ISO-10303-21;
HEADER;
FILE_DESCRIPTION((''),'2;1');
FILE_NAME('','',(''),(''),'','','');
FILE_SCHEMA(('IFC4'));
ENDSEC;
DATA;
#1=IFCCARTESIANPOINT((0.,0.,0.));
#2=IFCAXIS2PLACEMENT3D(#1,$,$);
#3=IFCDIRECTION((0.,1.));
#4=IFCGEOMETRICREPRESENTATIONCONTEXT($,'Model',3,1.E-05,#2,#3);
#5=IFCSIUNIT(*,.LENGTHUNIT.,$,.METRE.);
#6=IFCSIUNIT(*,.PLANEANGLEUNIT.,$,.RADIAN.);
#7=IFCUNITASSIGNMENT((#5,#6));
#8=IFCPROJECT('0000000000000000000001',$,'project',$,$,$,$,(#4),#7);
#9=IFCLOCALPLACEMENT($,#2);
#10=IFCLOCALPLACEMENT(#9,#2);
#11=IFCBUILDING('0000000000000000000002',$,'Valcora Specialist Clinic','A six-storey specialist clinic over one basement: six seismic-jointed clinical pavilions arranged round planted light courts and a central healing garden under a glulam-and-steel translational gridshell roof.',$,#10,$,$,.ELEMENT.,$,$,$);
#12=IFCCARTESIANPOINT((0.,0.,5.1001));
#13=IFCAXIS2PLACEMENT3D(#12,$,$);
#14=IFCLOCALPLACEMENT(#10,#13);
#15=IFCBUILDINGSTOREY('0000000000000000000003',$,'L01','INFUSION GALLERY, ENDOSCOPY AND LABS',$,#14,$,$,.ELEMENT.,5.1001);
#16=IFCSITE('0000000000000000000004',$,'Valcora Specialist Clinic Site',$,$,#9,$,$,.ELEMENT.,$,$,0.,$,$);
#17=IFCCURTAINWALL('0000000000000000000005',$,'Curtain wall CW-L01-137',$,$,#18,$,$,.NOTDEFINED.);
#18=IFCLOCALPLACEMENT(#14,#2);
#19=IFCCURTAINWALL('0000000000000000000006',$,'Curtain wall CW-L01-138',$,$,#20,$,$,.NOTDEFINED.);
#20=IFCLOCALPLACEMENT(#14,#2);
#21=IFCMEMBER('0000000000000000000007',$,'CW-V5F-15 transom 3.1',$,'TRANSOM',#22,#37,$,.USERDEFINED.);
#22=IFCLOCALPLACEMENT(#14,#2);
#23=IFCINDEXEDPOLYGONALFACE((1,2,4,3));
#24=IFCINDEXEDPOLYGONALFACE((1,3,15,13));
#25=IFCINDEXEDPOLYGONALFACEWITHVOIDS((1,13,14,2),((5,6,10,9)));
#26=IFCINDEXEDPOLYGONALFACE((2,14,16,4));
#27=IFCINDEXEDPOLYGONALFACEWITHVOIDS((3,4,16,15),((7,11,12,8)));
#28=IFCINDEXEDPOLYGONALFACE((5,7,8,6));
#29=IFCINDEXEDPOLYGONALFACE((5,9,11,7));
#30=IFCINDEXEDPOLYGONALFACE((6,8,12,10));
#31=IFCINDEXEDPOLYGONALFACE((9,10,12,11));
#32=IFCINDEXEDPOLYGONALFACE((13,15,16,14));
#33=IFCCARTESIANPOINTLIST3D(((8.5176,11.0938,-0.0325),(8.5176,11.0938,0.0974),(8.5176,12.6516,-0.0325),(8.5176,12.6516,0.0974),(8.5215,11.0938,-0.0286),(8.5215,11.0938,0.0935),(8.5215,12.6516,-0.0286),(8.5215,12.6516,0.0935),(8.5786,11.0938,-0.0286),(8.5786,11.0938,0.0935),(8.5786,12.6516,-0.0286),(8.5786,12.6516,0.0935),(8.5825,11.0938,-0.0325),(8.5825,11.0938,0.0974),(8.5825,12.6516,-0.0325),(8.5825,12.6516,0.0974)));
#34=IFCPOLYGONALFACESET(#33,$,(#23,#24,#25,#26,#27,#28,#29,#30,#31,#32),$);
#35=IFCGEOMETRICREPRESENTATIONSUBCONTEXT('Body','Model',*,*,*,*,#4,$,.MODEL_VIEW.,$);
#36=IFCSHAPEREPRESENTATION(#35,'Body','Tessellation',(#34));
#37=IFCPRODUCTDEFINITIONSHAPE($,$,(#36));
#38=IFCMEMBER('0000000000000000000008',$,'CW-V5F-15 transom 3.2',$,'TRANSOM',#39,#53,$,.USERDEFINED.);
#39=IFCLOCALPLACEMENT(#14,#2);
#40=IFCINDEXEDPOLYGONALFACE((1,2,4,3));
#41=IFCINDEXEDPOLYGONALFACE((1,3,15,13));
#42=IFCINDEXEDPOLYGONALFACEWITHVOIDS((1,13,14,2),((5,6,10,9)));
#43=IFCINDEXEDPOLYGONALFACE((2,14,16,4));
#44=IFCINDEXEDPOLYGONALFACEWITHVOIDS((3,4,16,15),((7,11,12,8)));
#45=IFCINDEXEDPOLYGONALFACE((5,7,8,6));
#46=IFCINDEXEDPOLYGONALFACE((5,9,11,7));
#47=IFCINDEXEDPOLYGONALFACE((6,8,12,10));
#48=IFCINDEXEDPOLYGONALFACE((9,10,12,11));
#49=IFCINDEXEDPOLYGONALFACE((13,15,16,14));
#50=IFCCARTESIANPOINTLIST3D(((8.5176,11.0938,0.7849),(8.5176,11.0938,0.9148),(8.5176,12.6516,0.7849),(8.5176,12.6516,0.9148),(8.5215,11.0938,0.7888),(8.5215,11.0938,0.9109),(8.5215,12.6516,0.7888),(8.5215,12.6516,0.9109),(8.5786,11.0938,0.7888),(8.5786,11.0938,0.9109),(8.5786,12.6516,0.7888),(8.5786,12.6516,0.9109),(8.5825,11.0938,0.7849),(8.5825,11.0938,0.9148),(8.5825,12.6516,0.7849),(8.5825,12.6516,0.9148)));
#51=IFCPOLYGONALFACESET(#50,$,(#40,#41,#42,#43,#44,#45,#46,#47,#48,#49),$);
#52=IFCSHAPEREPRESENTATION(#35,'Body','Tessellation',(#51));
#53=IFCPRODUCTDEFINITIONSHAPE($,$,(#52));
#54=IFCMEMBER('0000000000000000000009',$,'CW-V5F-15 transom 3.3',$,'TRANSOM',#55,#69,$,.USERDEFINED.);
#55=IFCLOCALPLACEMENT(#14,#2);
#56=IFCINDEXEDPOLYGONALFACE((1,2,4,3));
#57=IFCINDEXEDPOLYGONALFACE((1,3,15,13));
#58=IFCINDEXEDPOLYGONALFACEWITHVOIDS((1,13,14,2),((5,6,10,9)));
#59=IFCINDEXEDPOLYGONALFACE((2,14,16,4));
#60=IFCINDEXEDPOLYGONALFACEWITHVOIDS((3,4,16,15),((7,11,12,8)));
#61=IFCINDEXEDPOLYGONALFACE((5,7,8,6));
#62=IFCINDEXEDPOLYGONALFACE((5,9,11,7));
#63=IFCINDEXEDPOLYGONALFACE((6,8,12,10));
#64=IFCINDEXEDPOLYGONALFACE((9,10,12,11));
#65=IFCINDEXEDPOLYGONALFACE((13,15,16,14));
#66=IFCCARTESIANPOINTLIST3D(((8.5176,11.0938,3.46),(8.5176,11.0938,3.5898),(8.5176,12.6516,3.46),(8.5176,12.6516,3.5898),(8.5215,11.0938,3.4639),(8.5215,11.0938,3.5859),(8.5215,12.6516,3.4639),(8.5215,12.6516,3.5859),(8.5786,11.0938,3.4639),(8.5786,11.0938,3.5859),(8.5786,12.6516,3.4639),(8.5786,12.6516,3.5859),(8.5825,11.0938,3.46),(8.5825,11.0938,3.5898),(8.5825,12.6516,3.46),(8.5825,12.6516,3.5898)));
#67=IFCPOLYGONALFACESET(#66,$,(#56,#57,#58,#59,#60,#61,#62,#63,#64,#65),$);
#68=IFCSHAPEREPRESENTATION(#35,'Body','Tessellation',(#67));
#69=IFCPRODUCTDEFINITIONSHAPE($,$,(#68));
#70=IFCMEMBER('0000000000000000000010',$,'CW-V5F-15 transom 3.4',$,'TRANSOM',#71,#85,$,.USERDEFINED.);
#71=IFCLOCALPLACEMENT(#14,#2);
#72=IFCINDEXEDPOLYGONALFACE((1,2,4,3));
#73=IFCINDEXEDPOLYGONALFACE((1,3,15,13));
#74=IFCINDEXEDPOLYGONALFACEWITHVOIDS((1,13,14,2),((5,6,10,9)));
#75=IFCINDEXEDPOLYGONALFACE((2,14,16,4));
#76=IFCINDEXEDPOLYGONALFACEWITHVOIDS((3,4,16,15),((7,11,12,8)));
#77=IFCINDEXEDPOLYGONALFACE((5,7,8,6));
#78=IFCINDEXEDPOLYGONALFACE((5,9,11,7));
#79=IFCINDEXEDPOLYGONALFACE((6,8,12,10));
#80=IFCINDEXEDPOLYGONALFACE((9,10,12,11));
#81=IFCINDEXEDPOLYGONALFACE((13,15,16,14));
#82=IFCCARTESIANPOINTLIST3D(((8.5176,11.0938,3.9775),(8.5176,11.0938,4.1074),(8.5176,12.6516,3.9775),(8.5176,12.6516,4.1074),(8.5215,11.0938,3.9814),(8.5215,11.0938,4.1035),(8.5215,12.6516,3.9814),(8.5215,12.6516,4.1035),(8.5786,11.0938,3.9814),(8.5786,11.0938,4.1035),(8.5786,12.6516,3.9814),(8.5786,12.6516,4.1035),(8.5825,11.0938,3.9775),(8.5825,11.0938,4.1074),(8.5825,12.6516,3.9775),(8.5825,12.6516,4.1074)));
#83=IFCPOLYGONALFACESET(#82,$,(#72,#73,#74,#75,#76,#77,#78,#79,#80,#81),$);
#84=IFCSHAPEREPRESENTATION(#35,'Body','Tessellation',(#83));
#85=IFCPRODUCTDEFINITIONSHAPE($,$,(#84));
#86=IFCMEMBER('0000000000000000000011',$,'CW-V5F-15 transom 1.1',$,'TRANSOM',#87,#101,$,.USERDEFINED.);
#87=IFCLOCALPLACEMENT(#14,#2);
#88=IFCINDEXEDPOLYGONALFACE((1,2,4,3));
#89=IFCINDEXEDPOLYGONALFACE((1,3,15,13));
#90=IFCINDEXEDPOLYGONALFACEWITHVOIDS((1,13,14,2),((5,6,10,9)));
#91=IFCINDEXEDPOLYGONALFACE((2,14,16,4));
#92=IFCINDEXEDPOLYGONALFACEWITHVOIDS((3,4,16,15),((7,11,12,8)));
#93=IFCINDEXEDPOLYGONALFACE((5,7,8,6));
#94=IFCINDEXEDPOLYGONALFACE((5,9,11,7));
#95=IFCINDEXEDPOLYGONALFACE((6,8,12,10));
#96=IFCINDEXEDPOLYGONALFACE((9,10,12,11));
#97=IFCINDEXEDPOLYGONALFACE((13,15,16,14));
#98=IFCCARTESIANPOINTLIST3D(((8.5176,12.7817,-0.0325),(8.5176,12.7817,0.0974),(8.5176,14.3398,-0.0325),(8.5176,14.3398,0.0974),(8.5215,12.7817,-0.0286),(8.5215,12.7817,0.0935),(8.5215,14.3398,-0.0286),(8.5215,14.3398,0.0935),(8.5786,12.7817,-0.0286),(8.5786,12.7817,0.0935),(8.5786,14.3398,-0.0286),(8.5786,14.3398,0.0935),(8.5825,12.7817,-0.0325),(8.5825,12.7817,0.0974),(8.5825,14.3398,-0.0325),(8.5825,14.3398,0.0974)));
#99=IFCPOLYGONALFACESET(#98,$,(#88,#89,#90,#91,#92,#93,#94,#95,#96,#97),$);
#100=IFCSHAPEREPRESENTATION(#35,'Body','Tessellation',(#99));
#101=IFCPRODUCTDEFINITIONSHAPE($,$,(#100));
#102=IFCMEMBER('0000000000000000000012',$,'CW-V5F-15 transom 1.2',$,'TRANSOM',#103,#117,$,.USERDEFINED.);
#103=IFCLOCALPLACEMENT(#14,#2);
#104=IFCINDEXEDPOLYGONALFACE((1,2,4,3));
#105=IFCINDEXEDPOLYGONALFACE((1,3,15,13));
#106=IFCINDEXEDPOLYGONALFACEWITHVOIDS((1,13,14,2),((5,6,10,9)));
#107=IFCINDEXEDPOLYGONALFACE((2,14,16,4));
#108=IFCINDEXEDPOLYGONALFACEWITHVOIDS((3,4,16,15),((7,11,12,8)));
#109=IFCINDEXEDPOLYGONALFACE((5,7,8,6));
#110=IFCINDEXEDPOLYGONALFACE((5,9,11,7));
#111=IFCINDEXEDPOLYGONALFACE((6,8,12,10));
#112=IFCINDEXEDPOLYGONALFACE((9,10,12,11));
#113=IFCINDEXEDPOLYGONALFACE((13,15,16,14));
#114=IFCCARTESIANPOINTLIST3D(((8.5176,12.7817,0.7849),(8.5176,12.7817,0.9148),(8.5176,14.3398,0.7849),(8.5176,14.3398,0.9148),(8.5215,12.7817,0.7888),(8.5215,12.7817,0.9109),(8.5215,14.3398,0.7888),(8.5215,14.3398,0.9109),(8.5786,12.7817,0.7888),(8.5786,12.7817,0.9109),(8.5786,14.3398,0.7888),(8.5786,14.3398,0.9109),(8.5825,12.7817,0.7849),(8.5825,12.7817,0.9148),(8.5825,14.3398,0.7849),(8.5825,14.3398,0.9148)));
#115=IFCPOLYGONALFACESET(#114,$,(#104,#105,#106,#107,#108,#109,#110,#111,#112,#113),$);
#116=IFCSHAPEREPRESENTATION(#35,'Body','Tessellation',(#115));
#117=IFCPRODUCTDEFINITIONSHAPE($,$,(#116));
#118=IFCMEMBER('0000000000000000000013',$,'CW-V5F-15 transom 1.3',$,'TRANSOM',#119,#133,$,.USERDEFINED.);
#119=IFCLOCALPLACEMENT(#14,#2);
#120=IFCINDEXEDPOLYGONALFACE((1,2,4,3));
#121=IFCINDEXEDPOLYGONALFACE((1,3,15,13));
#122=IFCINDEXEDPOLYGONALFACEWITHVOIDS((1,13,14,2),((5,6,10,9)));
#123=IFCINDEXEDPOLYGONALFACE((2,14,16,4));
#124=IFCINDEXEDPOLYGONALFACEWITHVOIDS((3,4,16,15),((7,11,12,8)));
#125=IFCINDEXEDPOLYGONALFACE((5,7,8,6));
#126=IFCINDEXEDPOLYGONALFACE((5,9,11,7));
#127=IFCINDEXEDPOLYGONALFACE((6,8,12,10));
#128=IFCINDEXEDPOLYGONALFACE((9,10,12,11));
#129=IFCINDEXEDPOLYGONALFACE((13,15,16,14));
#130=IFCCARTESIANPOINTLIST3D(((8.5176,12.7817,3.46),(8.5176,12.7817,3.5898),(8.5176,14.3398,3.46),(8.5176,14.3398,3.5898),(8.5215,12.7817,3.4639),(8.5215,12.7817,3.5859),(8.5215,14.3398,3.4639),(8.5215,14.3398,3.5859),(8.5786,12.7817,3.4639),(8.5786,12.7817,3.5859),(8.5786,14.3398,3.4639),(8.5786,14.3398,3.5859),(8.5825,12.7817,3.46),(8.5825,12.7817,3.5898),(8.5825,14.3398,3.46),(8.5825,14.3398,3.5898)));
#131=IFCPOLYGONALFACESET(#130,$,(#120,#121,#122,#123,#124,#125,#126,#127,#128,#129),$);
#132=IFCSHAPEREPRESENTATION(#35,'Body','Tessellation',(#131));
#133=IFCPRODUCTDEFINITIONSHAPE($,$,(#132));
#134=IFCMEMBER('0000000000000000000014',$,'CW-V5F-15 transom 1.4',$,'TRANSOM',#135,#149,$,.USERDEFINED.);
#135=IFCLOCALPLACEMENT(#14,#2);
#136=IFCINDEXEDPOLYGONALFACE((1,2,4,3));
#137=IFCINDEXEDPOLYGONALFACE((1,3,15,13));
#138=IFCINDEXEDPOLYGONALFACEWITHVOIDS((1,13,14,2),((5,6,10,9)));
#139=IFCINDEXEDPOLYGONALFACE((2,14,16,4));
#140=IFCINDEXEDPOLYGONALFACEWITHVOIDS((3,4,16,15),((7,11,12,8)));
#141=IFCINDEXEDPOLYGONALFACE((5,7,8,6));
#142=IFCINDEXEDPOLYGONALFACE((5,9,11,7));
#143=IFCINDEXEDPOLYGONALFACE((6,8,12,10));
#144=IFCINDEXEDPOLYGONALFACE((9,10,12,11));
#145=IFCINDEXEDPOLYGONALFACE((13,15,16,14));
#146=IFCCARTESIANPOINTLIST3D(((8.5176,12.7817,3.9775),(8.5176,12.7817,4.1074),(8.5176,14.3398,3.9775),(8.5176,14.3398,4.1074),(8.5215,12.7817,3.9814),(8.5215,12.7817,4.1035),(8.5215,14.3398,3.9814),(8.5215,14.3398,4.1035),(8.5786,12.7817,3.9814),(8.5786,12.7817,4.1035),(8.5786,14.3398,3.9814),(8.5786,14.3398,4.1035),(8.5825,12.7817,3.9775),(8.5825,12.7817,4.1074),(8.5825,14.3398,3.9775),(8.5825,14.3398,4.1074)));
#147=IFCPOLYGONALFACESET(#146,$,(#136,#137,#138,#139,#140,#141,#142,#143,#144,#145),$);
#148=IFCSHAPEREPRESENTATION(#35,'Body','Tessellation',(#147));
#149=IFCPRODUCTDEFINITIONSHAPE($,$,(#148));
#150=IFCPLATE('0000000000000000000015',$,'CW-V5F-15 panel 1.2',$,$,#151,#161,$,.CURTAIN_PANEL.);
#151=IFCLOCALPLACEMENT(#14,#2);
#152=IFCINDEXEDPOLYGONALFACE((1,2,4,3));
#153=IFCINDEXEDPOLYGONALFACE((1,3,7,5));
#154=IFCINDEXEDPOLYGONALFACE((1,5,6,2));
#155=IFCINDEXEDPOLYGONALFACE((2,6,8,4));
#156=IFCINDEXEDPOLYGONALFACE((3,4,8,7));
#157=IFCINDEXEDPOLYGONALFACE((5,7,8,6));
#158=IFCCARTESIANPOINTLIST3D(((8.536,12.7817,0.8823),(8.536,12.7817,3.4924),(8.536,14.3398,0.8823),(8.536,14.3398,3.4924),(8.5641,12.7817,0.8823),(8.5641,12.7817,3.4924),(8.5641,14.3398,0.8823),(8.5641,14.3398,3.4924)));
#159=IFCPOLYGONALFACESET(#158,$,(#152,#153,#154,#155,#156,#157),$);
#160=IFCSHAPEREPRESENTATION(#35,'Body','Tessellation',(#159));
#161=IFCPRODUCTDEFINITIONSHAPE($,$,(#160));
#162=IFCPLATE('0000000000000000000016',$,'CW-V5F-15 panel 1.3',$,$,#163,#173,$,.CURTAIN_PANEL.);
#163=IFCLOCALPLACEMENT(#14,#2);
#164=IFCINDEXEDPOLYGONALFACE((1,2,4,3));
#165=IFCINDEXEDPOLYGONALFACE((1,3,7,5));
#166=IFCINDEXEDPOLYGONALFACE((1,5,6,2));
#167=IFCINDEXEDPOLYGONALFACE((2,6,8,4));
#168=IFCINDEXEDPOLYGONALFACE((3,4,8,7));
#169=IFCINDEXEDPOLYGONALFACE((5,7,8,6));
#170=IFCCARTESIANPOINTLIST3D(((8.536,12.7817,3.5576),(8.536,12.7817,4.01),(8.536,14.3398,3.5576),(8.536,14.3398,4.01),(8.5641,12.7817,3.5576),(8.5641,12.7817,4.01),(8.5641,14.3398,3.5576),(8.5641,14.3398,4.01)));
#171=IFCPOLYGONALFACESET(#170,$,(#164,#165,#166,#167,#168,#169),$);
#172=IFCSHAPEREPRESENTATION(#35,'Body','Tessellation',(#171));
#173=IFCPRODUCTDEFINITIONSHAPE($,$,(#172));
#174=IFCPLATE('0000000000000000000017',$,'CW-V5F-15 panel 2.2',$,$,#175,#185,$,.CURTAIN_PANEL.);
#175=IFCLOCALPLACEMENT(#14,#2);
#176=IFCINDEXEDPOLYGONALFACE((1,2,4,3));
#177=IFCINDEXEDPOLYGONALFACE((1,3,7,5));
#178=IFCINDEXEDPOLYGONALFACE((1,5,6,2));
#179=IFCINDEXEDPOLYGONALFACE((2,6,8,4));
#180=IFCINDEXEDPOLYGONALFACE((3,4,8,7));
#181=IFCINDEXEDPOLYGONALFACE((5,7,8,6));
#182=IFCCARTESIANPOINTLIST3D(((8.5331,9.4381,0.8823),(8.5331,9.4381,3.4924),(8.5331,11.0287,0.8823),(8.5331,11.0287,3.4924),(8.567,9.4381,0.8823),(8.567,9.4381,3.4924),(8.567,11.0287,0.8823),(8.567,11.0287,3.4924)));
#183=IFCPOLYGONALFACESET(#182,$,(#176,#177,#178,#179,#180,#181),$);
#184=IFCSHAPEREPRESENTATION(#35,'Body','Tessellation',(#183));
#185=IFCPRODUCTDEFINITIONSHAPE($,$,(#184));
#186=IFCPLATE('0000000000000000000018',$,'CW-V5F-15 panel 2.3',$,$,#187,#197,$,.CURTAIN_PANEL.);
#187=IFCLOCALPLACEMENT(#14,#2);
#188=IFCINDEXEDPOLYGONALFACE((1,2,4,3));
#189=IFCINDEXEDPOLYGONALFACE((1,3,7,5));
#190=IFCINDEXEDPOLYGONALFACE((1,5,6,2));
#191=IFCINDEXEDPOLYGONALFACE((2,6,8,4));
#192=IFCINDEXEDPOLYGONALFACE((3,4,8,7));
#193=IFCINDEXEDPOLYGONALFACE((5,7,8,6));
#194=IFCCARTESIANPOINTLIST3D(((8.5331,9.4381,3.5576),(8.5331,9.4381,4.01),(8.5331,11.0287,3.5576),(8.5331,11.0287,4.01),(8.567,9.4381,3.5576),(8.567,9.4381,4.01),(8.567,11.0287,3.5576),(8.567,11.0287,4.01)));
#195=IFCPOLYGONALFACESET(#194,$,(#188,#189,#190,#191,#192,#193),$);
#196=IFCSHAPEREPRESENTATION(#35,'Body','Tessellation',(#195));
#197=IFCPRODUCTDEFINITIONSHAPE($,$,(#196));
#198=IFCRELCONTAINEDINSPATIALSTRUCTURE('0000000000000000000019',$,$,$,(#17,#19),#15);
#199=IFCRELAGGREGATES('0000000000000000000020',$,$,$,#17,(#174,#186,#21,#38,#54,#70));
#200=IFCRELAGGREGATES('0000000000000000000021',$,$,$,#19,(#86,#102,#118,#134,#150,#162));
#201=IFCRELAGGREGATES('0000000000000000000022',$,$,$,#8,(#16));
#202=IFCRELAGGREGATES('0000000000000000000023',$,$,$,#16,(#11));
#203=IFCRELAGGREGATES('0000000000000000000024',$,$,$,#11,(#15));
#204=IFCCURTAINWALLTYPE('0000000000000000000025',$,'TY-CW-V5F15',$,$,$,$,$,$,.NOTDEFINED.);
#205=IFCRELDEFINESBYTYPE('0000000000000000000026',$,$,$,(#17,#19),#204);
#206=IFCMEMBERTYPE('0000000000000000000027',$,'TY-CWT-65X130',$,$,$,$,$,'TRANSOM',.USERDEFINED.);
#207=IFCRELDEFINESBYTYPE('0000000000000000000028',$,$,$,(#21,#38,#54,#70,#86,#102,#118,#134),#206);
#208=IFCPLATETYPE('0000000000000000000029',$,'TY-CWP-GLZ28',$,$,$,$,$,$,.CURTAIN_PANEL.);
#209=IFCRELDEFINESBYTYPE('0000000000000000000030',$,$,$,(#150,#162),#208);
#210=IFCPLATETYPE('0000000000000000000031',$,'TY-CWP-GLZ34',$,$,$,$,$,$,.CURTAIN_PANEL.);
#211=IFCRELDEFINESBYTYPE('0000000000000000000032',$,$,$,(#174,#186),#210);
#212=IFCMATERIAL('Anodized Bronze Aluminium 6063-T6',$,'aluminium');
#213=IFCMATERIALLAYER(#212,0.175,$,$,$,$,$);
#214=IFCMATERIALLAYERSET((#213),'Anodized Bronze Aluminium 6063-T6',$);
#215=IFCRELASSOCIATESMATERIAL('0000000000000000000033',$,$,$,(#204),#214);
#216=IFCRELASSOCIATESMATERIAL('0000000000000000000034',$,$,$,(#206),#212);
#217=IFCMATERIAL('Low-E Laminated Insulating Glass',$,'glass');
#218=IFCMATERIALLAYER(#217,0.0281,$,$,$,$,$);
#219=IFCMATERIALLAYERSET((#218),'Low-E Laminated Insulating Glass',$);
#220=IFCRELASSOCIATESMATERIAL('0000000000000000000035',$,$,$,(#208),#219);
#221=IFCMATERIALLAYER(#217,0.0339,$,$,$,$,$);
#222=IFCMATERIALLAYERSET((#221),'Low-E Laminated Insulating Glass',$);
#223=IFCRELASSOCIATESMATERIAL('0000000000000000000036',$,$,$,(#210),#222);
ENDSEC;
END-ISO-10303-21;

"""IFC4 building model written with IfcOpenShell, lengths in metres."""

from ifc_helpers import new_model, si_unit, direction, frame, origin, origin_2d, place, context, subcontext, project, spatial, rectangle, hollow_rectangle, extrude, material, layer, layer_set, material_profile, profile_set, type_object, element, aggregate, save


model = new_model("IFC4")

# Units and contexts
model_context = context("Model", 3, precision=1e-05, world=origin(), true_north=direction((0.0, 1.0)))
body_context = subcontext(model_context, "Body", "Model", "MODEL_VIEW")
ifc_project = project(units=[si_unit("LENGTHUNIT", "METRE"), si_unit("PLANEANGLEUNIT", "RADIAN")], contexts=[model_context])

# Site, building, storey
site_placement = place(None, origin())
site = spatial("IfcSite", under=ifc_project, at=site_placement, Name="Valcora Specialist Clinic Site", CompositionType="ELEMENT", RefElevation=0.0)
building_placement = place(site_placement, origin())
building = spatial("IfcBuilding", under=site, at=building_placement, Name="Valcora Specialist Clinic", Description="A six-storey specialist clinic over one basement: six seismic-jointed clinical pavilions arranged round planted light courts and a central healing garden under a glulam-and-steel translational gridshell roof.", CompositionType="ELEMENT")
storey_placement = place(building_placement, frame((0.0, 0.0, 5.1001)))
storey = spatial("IfcBuildingStorey", under=building, at=storey_placement, Name="L01", Description="INFUSION GALLERY, ENDOSCOPY AND LABS", CompositionType="ELEMENT", Elevation=5.1001)

# Curtain walls
ifc_material_1 = material(Name="Anodized Bronze Aluminium 6063-T6", Category="aluminium")
ifc_layer_1 = layer(ifc_material_1, 0.175)
ifc_layer_set_1 = layer_set([ifc_layer_1], Name="Anodized Bronze Aluminium 6063-T6")
curtain_wall_type = type_object("IfcCurtainWallType", Name="TY-CW-V5F15", PredefinedType="NOTDEFINED", material=ifc_layer_set_1)
curtain_wall_1_placement = place(storey_placement, origin())
curtain_wall_1 = element("IfcCurtainWall", 1, at=curtain_wall_1_placement, inside=storey, type_object=curtain_wall_type, Name="Curtain wall CW-L01-137", PredefinedType="NOTDEFINED")
curtain_wall_2_placement = place(storey_placement, origin())
curtain_wall_2 = element("IfcCurtainWall", 2, at=curtain_wall_2_placement, inside=storey, type_object=curtain_wall_type, Name="Curtain wall CW-L01-138", PredefinedType="NOTDEFINED")

# Members
ifc_material_profile_1 = material_profile(ifc_material_1, hollow_rectangle(XDim=0.0649, YDim=0.1299, WallThickness=0.0039, at=origin_2d()), Name="AL-TRN-65X130")
ifc_profile_set_1 = profile_set([ifc_material_profile_1], Name="Anodized Bronze Aluminium 6063-T6")
member_type_1 = type_object("IfcMemberType", Name="TY-CWT-65X130", ElementType="TRANSOM", PredefinedType="USERDEFINED", material=ifc_profile_set_1)
member_1_placement = place(storey_placement, frame((8.55, 11.0938, 0.0325), z_axis=(0.0, 1.0, 0.0), x_axis=(-1.0, 0.0, 0.0)))
member_1 = element("IfcMember", 3, at=member_1_placement, type_object=member_type_1, Name="CW-V5F-15 transom 3.1", ObjectType="TRANSOM", PredefinedType="USERDEFINED", context=body_context, shape_type="SweptSolid", body=[
    extrude(hollow_rectangle(XDim=0.0649, YDim=0.1299, WallThickness=0.0039, at=origin_2d()), origin(), (0.0, 0.0, 1.0), 1.5579),
])
member_2_placement = place(storey_placement, frame((8.55, 11.0938, 0.8499), z_axis=(0.0, 1.0, 0.0), x_axis=(-1.0, 0.0, 0.0)))
member_2 = element("IfcMember", 4, at=member_2_placement, type_object=member_type_1, Name="CW-V5F-15 transom 3.2", ObjectType="TRANSOM", PredefinedType="USERDEFINED", context=body_context, shape_type="SweptSolid", body=[
    extrude(hollow_rectangle(XDim=0.0649, YDim=0.1299, WallThickness=0.0039, at=origin_2d()), origin(), (0.0, 0.0, 1.0), 1.5579),
])
member_3_placement = place(storey_placement, frame((8.55, 11.0938, 3.5249), z_axis=(0.0, 1.0, 0.0), x_axis=(-1.0, 0.0, 0.0)))
member_3 = element("IfcMember", 5, at=member_3_placement, type_object=member_type_1, Name="CW-V5F-15 transom 3.3", ObjectType="TRANSOM", PredefinedType="USERDEFINED", context=body_context, shape_type="SweptSolid", body=[
    extrude(hollow_rectangle(XDim=0.0649, YDim=0.1299, WallThickness=0.0039, at=origin_2d()), origin(), (0.0, 0.0, 1.0), 1.5579),
])
member_4_placement = place(storey_placement, frame((8.55, 11.0938, 4.0425), z_axis=(0.0, 1.0, 0.0), x_axis=(-1.0, 0.0, 0.0)))
member_4 = element("IfcMember", 6, at=member_4_placement, type_object=member_type_1, Name="CW-V5F-15 transom 3.4", ObjectType="TRANSOM", PredefinedType="USERDEFINED", context=body_context, shape_type="SweptSolid", body=[
    extrude(hollow_rectangle(XDim=0.0649, YDim=0.1299, WallThickness=0.0039, at=origin_2d()), origin(), (0.0, 0.0, 1.0), 1.5579),
])
member_5_placement = place(storey_placement, frame((8.55, 12.7817, 0.0325), z_axis=(0.0, 1.0, 0.0), x_axis=(-1.0, 0.0, 0.0)))
member_5 = element("IfcMember", 7, at=member_5_placement, type_object=member_type_1, Name="CW-V5F-15 transom 1.1", ObjectType="TRANSOM", PredefinedType="USERDEFINED", context=body_context, shape_type="SweptSolid", body=[
    extrude(hollow_rectangle(XDim=0.0649, YDim=0.1299, WallThickness=0.0039, at=origin_2d()), origin(), (0.0, 0.0, 1.0), 1.5581),
])
member_6_placement = place(storey_placement, frame((8.55, 12.7817, 0.8499), z_axis=(0.0, 1.0, 0.0), x_axis=(-1.0, 0.0, 0.0)))
member_6 = element("IfcMember", 8, at=member_6_placement, type_object=member_type_1, Name="CW-V5F-15 transom 1.2", ObjectType="TRANSOM", PredefinedType="USERDEFINED", context=body_context, shape_type="SweptSolid", body=[
    extrude(hollow_rectangle(XDim=0.0649, YDim=0.1299, WallThickness=0.0039, at=origin_2d()), origin(), (0.0, 0.0, 1.0), 1.5581),
])
member_7_placement = place(storey_placement, frame((8.55, 12.7817, 3.5249), z_axis=(0.0, 1.0, 0.0), x_axis=(-1.0, 0.0, 0.0)))
member_7 = element("IfcMember", 9, at=member_7_placement, type_object=member_type_1, Name="CW-V5F-15 transom 1.3", ObjectType="TRANSOM", PredefinedType="USERDEFINED", context=body_context, shape_type="SweptSolid", body=[
    extrude(hollow_rectangle(XDim=0.0649, YDim=0.1299, WallThickness=0.0039, at=origin_2d()), origin(), (0.0, 0.0, 1.0), 1.5581),
])
member_8_placement = place(storey_placement, frame((8.55, 12.7817, 4.0425), z_axis=(0.0, 1.0, 0.0), x_axis=(-1.0, 0.0, 0.0)))
member_8 = element("IfcMember", 10, at=member_8_placement, type_object=member_type_1, Name="CW-V5F-15 transom 1.4", ObjectType="TRANSOM", PredefinedType="USERDEFINED", context=body_context, shape_type="SweptSolid", body=[
    extrude(hollow_rectangle(XDim=0.0649, YDim=0.1299, WallThickness=0.0039, at=origin_2d()), origin(), (0.0, 0.0, 1.0), 1.5581),
])

# Plates
ifc_material_2 = material(Name="Low-E Laminated Insulating Glass", Category="glass")
ifc_layer_2 = layer(ifc_material_2, 0.0281)
ifc_layer_set_2 = layer_set([ifc_layer_2], Name="Low-E Laminated Insulating Glass")
plate_type_1 = type_object("IfcPlateType", Name="TY-CWP-GLZ28", PredefinedType="CURTAIN_PANEL", material=ifc_layer_set_2)
plate_1_placement = place(storey_placement, frame((8.55, 13.5608, 0.8823), z_axis=(0.0, 0.0, 1.0), x_axis=(0.0, 1.0, 0.0)))
plate_1 = element("IfcPlate", 11, at=plate_1_placement, type_object=plate_type_1, Name="CW-V5F-15 panel 1.2", PredefinedType="CURTAIN_PANEL", context=body_context, shape_type="SweptSolid", body=[
    extrude(rectangle(XDim=1.5581, YDim=0.0281, at=origin_2d()), origin(), (0.0, 0.0, 1.0), 2.6101),
])
plate_2_placement = place(storey_placement, frame((8.55, 13.5608, 3.5576), z_axis=(0.0, 0.0, 1.0), x_axis=(0.0, 1.0, 0.0)))
plate_2 = element("IfcPlate", 12, at=plate_2_placement, type_object=plate_type_1, Name="CW-V5F-15 panel 1.3", PredefinedType="CURTAIN_PANEL", context=body_context, shape_type="SweptSolid", body=[
    extrude(rectangle(XDim=1.5581, YDim=0.0281, at=origin_2d()), origin(), (0.0, 0.0, 1.0), 0.4524),
])
ifc_layer_3 = layer(ifc_material_2, 0.0339)
ifc_layer_set_3 = layer_set([ifc_layer_3], Name="Low-E Laminated Insulating Glass")
plate_type_2 = type_object("IfcPlateType", Name="TY-CWP-GLZ34", PredefinedType="CURTAIN_PANEL", material=ifc_layer_set_3)
plate_3_placement = place(storey_placement, frame((8.55, 10.2334, 0.8823), z_axis=(0.0, 0.0, 1.0), x_axis=(0.0, 1.0, 0.0)))
plate_3 = element("IfcPlate", 13, at=plate_3_placement, type_object=plate_type_2, Name="CW-V5F-15 panel 2.2", PredefinedType="CURTAIN_PANEL", context=body_context, shape_type="SweptSolid", body=[
    extrude(rectangle(XDim=1.5906, YDim=0.0339, at=origin_2d()), origin(), (0.0, 0.0, 1.0), 2.6101),
])
plate_4_placement = place(storey_placement, frame((8.55, 10.2334, 3.5576), z_axis=(0.0, 0.0, 1.0), x_axis=(0.0, 1.0, 0.0)))
plate_4 = element("IfcPlate", 14, at=plate_4_placement, type_object=plate_type_2, Name="CW-V5F-15 panel 2.3", PredefinedType="CURTAIN_PANEL", context=body_context, shape_type="SweptSolid", body=[
    extrude(rectangle(XDim=1.5906, YDim=0.0339, at=origin_2d()), origin(), (0.0, 0.0, 1.0), 0.4524),
])
aggregate(curtain_wall_1, [plate_3, plate_4, member_1, member_2, member_3, member_4])
aggregate(curtain_wall_2, [member_5, member_6, member_7, member_8, plate_1, plate_2])

save(model, "model.ifc")
